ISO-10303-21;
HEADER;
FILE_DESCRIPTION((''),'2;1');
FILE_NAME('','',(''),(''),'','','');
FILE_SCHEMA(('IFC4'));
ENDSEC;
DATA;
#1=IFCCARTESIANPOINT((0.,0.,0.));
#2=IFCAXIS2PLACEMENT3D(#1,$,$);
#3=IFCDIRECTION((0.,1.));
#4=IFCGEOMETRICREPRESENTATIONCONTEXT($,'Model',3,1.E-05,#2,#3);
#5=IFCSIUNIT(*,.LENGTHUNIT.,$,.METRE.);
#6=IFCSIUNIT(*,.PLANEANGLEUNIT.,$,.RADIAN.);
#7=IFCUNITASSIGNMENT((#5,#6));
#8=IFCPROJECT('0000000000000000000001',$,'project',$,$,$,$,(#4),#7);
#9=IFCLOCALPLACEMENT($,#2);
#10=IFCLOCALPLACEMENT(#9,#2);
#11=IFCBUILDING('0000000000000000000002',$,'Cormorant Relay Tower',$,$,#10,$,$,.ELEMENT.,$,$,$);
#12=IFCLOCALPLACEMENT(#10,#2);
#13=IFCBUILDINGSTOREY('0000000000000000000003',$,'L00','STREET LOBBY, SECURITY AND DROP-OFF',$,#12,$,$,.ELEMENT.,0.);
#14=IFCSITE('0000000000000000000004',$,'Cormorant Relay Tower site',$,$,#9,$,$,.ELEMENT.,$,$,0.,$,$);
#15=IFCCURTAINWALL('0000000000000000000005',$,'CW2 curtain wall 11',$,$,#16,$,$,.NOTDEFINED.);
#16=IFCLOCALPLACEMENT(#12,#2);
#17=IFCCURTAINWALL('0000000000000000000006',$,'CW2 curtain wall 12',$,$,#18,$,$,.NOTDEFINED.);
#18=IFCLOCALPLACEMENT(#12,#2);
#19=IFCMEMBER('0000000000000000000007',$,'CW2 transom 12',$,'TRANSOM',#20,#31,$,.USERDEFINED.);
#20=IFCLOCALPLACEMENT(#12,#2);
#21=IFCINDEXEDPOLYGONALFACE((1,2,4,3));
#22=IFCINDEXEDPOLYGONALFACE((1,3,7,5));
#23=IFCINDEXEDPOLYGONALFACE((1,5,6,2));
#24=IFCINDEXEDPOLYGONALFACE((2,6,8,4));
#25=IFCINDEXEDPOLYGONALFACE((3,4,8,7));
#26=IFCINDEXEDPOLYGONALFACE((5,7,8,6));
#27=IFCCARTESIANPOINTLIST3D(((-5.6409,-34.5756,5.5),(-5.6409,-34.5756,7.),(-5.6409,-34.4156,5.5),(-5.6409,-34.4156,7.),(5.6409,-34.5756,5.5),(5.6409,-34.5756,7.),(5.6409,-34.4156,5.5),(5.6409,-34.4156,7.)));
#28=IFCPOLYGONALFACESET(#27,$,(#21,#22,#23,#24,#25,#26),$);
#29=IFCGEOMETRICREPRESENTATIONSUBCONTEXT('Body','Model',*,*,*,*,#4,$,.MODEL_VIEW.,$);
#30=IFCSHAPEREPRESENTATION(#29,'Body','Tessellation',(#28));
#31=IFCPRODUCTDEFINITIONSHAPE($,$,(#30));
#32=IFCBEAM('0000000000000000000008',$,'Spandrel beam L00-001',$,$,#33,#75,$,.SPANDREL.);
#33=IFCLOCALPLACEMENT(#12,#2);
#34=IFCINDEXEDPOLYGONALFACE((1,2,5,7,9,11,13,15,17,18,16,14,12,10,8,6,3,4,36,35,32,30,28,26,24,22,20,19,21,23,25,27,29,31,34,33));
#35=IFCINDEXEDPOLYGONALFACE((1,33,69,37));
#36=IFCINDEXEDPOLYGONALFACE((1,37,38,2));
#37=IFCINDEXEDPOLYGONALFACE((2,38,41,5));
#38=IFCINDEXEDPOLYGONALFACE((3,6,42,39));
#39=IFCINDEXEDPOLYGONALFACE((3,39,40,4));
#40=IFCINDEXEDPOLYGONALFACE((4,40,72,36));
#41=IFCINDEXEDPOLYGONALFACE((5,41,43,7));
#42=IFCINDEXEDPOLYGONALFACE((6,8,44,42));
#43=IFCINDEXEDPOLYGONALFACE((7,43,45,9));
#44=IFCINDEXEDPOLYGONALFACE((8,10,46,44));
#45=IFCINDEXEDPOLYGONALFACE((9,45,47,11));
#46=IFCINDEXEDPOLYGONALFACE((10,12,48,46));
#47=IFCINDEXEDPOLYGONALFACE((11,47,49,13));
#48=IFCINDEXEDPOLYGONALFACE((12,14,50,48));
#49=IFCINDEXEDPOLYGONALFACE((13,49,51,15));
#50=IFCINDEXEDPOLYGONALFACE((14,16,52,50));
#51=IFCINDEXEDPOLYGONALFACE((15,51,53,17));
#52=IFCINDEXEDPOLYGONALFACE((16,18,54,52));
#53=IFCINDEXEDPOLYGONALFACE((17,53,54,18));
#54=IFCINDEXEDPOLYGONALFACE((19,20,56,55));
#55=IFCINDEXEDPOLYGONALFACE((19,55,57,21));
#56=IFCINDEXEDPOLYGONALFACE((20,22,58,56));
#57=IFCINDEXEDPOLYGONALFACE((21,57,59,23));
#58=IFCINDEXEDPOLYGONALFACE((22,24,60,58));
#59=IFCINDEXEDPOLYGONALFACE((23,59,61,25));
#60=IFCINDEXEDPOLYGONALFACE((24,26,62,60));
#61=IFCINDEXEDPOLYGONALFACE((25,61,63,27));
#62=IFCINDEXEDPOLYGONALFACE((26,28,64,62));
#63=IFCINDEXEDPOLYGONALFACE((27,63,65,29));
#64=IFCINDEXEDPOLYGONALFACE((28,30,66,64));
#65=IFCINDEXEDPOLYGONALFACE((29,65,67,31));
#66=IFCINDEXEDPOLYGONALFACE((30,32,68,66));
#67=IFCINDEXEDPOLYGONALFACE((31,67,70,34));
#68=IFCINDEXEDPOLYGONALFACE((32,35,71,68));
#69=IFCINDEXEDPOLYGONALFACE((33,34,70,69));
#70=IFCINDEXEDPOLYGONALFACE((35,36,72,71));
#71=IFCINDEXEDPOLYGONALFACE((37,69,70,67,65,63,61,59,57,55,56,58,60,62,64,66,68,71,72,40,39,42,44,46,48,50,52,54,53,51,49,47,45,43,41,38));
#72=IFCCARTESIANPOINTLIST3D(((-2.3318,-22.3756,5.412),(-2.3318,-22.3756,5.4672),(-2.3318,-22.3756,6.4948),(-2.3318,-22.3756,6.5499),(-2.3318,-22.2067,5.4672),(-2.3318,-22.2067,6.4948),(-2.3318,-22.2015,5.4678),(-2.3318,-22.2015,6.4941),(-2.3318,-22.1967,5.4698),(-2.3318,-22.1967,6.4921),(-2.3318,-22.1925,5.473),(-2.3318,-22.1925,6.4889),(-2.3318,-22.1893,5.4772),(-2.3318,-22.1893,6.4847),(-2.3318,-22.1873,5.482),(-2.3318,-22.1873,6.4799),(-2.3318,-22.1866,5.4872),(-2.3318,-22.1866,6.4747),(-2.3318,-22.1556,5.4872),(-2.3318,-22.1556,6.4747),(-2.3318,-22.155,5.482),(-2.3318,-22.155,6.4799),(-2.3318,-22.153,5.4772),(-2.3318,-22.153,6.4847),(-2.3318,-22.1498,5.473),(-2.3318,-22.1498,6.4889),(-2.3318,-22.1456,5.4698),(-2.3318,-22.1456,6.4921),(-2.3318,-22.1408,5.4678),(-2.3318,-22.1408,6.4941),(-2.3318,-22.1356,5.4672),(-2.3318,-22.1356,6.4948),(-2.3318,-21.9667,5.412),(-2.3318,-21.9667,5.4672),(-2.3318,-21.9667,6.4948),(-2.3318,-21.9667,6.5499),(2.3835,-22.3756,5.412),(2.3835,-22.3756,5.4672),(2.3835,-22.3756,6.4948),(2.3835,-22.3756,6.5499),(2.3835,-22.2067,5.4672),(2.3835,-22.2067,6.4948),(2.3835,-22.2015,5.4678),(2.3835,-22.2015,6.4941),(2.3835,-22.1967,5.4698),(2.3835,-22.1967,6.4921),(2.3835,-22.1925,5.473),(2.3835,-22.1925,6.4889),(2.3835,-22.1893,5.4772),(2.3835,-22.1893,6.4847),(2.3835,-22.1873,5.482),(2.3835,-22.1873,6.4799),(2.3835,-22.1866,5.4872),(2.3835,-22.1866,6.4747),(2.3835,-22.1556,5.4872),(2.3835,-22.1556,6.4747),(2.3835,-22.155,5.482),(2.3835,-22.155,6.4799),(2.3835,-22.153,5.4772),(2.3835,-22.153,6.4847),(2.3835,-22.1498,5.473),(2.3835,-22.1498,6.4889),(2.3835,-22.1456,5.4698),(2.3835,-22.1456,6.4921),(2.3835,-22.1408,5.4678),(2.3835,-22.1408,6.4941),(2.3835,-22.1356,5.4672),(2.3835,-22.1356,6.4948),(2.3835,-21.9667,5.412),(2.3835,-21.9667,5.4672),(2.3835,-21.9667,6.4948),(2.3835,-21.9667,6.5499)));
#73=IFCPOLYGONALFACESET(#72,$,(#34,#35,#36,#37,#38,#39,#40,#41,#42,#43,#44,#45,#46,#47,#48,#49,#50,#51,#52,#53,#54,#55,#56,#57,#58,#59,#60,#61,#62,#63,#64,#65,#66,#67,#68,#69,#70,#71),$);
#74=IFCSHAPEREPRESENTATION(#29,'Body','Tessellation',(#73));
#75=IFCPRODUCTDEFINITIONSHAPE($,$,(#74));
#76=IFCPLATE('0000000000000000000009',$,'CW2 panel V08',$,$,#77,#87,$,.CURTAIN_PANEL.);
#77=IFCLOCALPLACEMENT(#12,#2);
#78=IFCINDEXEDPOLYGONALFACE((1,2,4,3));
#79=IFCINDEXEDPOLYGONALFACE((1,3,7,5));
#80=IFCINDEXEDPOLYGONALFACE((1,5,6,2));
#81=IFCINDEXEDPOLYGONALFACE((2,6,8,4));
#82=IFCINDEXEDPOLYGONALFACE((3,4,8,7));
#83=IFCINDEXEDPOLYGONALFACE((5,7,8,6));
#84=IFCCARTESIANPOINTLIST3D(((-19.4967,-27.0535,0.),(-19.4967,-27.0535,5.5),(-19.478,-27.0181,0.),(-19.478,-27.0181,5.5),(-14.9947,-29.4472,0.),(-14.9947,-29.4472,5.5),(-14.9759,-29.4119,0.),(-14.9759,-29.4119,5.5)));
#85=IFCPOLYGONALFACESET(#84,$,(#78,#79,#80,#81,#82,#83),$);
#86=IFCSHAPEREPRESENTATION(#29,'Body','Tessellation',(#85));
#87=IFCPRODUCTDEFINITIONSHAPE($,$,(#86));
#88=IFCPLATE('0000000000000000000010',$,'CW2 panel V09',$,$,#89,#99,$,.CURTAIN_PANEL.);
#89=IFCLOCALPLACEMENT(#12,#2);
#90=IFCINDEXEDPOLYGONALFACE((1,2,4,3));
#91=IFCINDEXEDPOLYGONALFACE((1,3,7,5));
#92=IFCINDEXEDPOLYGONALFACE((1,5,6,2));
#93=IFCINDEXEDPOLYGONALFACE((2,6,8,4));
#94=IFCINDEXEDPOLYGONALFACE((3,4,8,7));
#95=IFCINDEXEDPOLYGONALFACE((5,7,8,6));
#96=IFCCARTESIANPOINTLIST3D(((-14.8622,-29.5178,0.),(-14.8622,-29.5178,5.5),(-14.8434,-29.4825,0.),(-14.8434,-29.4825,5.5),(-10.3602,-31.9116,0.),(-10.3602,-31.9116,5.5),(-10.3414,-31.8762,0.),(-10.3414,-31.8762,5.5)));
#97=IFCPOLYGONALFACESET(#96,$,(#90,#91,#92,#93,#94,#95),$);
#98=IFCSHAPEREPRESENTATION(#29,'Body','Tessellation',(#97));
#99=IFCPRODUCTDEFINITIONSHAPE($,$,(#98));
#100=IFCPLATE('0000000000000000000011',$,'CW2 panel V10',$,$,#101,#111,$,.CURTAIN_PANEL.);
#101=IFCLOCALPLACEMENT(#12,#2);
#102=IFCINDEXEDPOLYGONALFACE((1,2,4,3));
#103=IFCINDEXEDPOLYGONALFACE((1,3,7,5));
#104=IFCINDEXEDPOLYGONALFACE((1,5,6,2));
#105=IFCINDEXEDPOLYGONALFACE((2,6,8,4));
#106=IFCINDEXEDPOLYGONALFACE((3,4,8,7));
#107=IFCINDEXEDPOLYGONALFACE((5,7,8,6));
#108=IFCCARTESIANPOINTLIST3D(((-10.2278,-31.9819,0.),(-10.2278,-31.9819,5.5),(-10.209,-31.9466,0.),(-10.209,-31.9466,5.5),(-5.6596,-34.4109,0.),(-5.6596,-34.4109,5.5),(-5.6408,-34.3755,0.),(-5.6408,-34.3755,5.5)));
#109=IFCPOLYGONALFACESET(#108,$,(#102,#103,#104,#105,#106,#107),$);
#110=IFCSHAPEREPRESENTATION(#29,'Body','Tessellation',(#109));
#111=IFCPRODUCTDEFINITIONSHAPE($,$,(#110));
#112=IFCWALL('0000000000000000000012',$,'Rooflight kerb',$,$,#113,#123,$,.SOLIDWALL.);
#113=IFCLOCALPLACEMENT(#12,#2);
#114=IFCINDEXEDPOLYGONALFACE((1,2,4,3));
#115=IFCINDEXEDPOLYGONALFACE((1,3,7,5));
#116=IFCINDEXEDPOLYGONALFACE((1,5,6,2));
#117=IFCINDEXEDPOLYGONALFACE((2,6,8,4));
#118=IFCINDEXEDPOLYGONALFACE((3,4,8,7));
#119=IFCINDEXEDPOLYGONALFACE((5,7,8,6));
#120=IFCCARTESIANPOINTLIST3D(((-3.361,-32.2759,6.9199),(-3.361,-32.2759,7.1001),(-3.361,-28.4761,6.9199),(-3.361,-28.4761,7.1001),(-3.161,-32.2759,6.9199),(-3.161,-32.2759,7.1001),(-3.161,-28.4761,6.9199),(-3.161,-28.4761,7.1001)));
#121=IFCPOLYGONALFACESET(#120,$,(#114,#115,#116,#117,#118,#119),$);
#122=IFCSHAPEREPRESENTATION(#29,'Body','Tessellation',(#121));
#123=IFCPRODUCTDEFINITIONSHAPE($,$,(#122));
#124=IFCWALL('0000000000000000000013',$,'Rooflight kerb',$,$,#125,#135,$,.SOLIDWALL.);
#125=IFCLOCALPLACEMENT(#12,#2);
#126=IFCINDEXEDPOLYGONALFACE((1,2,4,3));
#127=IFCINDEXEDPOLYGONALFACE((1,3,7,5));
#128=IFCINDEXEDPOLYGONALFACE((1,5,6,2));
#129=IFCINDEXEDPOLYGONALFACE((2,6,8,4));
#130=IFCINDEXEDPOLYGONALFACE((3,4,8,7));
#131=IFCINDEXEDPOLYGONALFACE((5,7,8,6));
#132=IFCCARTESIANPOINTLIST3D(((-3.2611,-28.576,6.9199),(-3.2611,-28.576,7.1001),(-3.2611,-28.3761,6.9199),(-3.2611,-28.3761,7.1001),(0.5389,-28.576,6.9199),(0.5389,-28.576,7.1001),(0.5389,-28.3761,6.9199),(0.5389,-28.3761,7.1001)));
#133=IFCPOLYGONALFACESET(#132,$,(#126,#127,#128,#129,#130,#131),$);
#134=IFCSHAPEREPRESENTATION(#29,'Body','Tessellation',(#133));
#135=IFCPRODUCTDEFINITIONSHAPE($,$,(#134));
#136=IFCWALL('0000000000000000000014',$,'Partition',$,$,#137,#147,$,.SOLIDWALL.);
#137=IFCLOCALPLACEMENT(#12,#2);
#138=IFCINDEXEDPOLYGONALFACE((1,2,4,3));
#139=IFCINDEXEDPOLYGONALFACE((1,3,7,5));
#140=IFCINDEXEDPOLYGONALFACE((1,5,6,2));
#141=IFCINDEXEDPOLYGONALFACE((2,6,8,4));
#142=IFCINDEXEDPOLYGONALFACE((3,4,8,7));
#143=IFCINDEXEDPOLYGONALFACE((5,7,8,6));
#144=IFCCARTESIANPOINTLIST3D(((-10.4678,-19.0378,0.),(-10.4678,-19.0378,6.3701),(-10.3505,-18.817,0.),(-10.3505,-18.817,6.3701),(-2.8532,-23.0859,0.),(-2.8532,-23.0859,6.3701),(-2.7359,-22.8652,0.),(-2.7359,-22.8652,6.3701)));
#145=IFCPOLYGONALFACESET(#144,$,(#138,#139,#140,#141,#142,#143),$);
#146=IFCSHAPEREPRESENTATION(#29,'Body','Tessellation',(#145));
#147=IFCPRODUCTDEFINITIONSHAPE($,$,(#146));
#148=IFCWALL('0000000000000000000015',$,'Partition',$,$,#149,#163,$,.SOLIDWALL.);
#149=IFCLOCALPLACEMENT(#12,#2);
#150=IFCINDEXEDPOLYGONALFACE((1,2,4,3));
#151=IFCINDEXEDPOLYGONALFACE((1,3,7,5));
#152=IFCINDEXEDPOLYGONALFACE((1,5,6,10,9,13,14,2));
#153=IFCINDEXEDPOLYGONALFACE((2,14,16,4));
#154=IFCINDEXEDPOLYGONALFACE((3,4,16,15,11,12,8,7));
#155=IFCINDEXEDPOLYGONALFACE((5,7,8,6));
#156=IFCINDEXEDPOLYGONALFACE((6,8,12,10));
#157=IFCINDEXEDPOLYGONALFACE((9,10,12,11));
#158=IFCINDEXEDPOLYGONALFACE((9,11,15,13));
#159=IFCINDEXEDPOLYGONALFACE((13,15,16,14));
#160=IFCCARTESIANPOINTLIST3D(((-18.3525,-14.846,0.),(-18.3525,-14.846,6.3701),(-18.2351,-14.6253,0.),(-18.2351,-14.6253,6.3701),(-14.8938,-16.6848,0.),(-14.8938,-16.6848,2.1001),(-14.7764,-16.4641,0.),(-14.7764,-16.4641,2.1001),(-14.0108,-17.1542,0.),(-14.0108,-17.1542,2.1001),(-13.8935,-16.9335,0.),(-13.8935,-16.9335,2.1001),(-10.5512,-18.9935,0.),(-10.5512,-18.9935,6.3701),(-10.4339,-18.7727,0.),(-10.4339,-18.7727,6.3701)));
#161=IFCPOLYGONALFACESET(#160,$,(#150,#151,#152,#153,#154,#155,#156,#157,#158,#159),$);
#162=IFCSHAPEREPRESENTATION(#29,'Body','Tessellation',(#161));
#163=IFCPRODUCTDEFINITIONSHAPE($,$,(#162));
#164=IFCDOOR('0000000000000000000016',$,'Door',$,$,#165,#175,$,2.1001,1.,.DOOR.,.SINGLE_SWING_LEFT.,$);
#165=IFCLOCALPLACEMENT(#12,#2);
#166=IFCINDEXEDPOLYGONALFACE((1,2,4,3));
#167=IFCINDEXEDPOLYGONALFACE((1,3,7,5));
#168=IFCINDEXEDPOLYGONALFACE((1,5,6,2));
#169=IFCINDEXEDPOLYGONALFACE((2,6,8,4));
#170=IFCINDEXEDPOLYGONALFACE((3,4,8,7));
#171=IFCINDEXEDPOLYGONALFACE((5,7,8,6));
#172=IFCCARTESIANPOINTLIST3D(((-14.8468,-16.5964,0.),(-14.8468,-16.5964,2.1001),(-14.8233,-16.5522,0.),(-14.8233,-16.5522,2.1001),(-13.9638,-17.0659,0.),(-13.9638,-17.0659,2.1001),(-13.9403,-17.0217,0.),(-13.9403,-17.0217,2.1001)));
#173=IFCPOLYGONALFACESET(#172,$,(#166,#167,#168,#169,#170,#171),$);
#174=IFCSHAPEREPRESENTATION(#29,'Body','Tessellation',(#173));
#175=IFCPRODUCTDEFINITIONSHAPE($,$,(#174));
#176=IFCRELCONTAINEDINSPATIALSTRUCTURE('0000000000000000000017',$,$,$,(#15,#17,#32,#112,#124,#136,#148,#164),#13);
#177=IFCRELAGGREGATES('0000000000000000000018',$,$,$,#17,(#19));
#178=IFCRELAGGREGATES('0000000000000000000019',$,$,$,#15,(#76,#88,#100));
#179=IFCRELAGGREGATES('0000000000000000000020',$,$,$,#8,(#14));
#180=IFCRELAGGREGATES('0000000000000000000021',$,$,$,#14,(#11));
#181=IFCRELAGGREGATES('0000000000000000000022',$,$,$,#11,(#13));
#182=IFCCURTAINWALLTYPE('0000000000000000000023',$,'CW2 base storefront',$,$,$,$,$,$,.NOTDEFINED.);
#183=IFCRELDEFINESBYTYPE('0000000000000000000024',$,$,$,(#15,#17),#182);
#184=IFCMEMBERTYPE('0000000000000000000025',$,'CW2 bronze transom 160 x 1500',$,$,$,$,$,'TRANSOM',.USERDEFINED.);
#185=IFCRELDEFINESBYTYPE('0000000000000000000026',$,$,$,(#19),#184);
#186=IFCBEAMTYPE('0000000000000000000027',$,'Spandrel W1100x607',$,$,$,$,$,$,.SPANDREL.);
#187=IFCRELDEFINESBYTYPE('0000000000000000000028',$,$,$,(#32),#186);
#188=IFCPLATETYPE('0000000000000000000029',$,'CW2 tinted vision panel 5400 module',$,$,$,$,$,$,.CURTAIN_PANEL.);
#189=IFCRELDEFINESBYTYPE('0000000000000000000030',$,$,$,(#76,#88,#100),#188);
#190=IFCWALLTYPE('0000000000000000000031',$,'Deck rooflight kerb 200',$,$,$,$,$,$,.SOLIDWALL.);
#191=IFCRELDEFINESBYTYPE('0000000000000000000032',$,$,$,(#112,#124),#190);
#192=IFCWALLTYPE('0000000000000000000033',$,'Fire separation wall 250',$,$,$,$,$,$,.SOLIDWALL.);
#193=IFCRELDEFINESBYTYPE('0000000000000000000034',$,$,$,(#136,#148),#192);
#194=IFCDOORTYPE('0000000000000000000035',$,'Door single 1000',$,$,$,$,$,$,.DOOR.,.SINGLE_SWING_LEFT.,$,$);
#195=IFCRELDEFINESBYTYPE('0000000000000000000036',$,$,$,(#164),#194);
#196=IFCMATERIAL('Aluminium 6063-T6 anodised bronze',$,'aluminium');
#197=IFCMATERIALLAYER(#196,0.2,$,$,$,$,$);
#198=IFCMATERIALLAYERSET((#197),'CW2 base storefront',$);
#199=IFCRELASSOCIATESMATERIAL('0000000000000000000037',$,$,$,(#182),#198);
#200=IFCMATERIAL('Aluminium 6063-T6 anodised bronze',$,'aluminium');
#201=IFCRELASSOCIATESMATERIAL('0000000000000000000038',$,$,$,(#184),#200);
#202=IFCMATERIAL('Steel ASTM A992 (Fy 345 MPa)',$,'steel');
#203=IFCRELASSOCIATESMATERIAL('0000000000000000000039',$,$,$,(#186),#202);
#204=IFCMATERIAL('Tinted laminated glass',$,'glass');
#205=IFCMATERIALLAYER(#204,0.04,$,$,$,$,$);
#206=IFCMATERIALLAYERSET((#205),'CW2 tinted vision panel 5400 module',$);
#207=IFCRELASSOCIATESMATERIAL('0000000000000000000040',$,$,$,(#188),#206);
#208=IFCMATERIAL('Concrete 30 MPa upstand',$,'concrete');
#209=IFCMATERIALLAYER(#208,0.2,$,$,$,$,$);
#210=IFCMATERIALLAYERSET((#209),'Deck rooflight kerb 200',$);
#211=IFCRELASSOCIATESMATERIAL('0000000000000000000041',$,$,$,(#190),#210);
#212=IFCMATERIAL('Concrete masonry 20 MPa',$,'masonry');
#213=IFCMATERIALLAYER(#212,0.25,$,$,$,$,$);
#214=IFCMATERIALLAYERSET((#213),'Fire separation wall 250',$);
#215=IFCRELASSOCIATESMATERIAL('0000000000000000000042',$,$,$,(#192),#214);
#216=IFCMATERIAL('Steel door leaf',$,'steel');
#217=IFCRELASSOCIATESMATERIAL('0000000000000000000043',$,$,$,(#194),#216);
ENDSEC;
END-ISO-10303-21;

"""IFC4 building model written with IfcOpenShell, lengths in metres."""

from ifc_helpers import new_model, si_unit, direction, frame, frame_2d, origin, origin_2d, place, context, subcontext, project, spatial, rectangle, i_section, extrude, material, layer, layer_set, material_profile, profile_set, type_object, element, fill, aggregate, save


model = new_model("IFC4")

# Units and contexts
model_context = context("Model", 3, precision=1e-05, world=origin(), true_north=direction((0.0, 1.0)))
body_context = subcontext(model_context, "Body", "Model", "MODEL_VIEW")
ifc_project = project(units=[si_unit("LENGTHUNIT", "METRE"), si_unit("PLANEANGLEUNIT", "RADIAN")], contexts=[model_context])

# Site, building, storey
site_placement = place(None, origin())
site = spatial("IfcSite", under=ifc_project, at=site_placement, Name="Cormorant Relay Tower site", CompositionType="ELEMENT", RefElevation=0.0)
building_placement = place(site_placement, origin())
building = spatial("IfcBuilding", under=site, at=building_placement, Name="Cormorant Relay Tower", CompositionType="ELEMENT")
storey_placement = place(building_placement, origin())
storey = spatial("IfcBuildingStorey", under=building, at=storey_placement, Name="L00", Description="STREET LOBBY, SECURITY AND DROP-OFF", CompositionType="ELEMENT", Elevation=0.0)

# Curtain walls, member
ifc_material_1 = material(Name="Aluminium 6063-T6 anodised bronze", Category="aluminium")
ifc_layer_1 = layer(ifc_material_1, 0.2)
ifc_layer_set_1 = layer_set([ifc_layer_1], Name="CW2 base storefront")
curtain_wall_type = type_object("IfcCurtainWallType", Name="CW2 base storefront", PredefinedType="NOTDEFINED", material=ifc_layer_set_1)
curtain_wall_1_placement = place(storey_placement, origin())
curtain_wall_1 = element("IfcCurtainWall", 1, at=curtain_wall_1_placement, inside=storey, type_object=curtain_wall_type, Name="CW2 curtain wall 11", PredefinedType="NOTDEFINED")
curtain_wall_2_placement = place(storey_placement, origin())
curtain_wall_2 = element("IfcCurtainWall", 2, at=curtain_wall_2_placement, inside=storey, type_object=curtain_wall_type, Name="CW2 curtain wall 12", PredefinedType="NOTDEFINED")
ifc_material_2 = material(Name="Aluminium 6063-T6 anodised bronze", Category="aluminium")
ifc_material_profile_1 = material_profile(ifc_material_2, rectangle(XDim=0.1599, YDim=1.5, at=origin_2d()), Name="AL 160x1500")
ifc_profile_set_1 = profile_set([ifc_material_profile_1], Name="Aluminium 6063-T6 anodised bronze")
member_type_1 = type_object("IfcMemberType", Name="CW2 bronze transom 160 x 1500", ElementType="TRANSOM", PredefinedType="USERDEFINED", material=ifc_profile_set_1)
member_1_placement = place(storey_placement, frame((-5.6409, -34.4956, 6.25), z_axis=(1.0, 0.0, 0.0), x_axis=(0.0, 1.0, 0.0)))
member_1 = element("IfcMember", 3, at=member_1_placement, type_object=member_type_1, Name="CW2 transom 12", ObjectType="TRANSOM", PredefinedType="USERDEFINED", context=body_context, shape_type="SweptSolid", body=[
    extrude(rectangle(XDim=0.1599, YDim=1.5, at=origin_2d()), origin(), (0.0, 0.0, 1.0), 11.2817),
])
aggregate(curtain_wall_2, [member_1])

# Beam
ifc_material_3 = material(Name="Steel ASTM A992 (Fy 345 MPa)", Category="steel")
ifc_material_profile_2 = material_profile(ifc_material_3, i_section(OverallWidth=0.4089, OverallDepth=1.1379, WebThickness=0.031, FlangeThickness=0.0552, FilletRadius=0.02, at=origin_2d()), Name="W1100x607")
ifc_profile_set_2 = profile_set([ifc_material_profile_2], Name="Steel ASTM A992 (Fy 345 MPa)")
beam_type = type_object("IfcBeamType", Name="Spandrel W1100x607", PredefinedType="SPANDREL", material=ifc_profile_set_2)
beam_placement = place(storey_placement, frame((-2.3318, -22.1711, 5.981), z_axis=(1.0, 0.0, 0.0), x_axis=(0.0, 1.0, 0.0)))
element("IfcBeam", 4, at=beam_placement, inside=storey, type_object=beam_type, Name="Spandrel beam L00-001", PredefinedType="SPANDREL", context=body_context, shape_type="SweptSolid", body=[
    extrude(i_section(OverallWidth=0.4089, OverallDepth=1.1379, WebThickness=0.031, FlangeThickness=0.0552, FilletRadius=0.02, at=origin_2d()), origin(), (0.0, 0.0, 1.0), 4.7153),
])

# Plates
ifc_material_4 = material(Name="Tinted laminated glass", Category="glass")
ifc_layer_2 = layer(ifc_material_4, 0.04)
ifc_layer_set_2 = layer_set([ifc_layer_2], Name="CW2 tinted vision panel 5400 module")
plate_type = type_object("IfcPlateType", Name="CW2 tinted vision panel 5400 module", PredefinedType="CURTAIN_PANEL", material=ifc_layer_set_2)
plate_1_placement = place(storey_placement, frame((-17.2363, -28.2327, 0.0), z_axis=(0.0, 0.0, 1.0), x_axis=(0.882948, -0.469472, 0.0)))
plate_1 = element("IfcPlate", 5, at=plate_1_placement, type_object=plate_type, Name="CW2 panel V08", PredefinedType="CURTAIN_PANEL", context=body_context, shape_type="SweptSolid", body=[
    extrude(rectangle(XDim=5.0989, YDim=0.04, at=origin_2d()), origin(), (0.0, 0.0, 1.0), 5.5),
])
plate_2_placement = place(storey_placement, frame((-12.6018, -30.697, 0.0), z_axis=(0.0, 0.0, 1.0), x_axis=(0.882948, -0.469472, 0.0)))
plate_2 = element("IfcPlate", 6, at=plate_2_placement, type_object=plate_type, Name="CW2 panel V09", PredefinedType="CURTAIN_PANEL", context=body_context, shape_type="SweptSolid", body=[
    extrude(rectangle(XDim=5.0989, YDim=0.04, at=origin_2d()), origin(), (0.0, 0.0, 1.0), 5.5),
])
plate_3_placement = place(storey_placement, frame((-7.9343, -33.1787, 0.0), z_axis=(0.0, 0.0, 1.0), x_axis=(0.882948, -0.469472, 0.0)))
plate_3 = element("IfcPlate", 7, at=plate_3_placement, type_object=plate_type, Name="CW2 panel V10", PredefinedType="CURTAIN_PANEL", context=body_context, shape_type="SweptSolid", body=[
    extrude(rectangle(XDim=5.1738, YDim=0.04, at=origin_2d()), origin(), (0.0, 0.0, 1.0), 5.5),
])
aggregate(curtain_wall_1, [plate_1, plate_2, plate_3])

# Walls
ifc_material_5 = material(Name="Concrete 30 MPa upstand", Category="concrete")
ifc_layer_3 = layer(ifc_material_5, 0.2)
ifc_layer_set_3 = layer_set([ifc_layer_3], Name="Deck rooflight kerb 200")
wall_type_1 = type_object("IfcWallType", Name="Deck rooflight kerb 200", PredefinedType="SOLIDWALL", material=ifc_layer_set_3)
wall_1_placement = place(storey_placement, frame((-3.261, -32.2759, 6.9199), z_axis=(0.0, 0.0, 1.0), x_axis=(0.0, 1.0, 0.0)))
element("IfcWall", 8, at=wall_1_placement, inside=storey, type_object=wall_type_1, Name="Rooflight kerb", PredefinedType="SOLIDWALL", context=body_context, shape_type="SweptSolid", body=[
    extrude(rectangle(XDim=3.7998, YDim=0.2, at=frame_2d((1.8999, 0.0))), origin(), (0.0, 0.0, 1.0), 0.1802),
])
wall_2_placement = place(storey_placement, frame((-3.261, -28.4761, 6.9199), z_axis=(0.0, 0.0, 1.0), x_axis=(1.0, 0.0, 0.0)))
element("IfcWall", 9, at=wall_2_placement, inside=storey, type_object=wall_type_1, Name="Rooflight kerb", PredefinedType="SOLIDWALL", context=body_context, shape_type="SweptSolid", body=[
    extrude(rectangle(XDim=3.8, YDim=0.2, at=frame_2d((1.8999, 0.0))), origin(), (0.0, 0.0, 1.0), 0.1802),
])
ifc_material_6 = material(Name="Concrete masonry 20 MPa", Category="masonry")
ifc_layer_4 = layer(ifc_material_6, 0.25)
ifc_layer_set_4 = layer_set([ifc_layer_4], Name="Fire separation wall 250")
wall_type_2 = type_object("IfcWallType", Name="Fire separation wall 250", PredefinedType="SOLIDWALL", material=ifc_layer_set_4)
wall_3_placement = place(storey_placement, frame((-2.7944, -22.9756, 0.0), z_axis=(0.0, 0.0, 1.0), x_axis=(-0.882977, 0.469417, 0.0)))
element("IfcWall", 10, at=wall_3_placement, inside=storey, type_object=wall_type_2, Name="Partition", PredefinedType="SOLIDWALL", context=body_context, shape_type="SweptSolid", body=[
    extrude(rectangle(XDim=8.6238, YDim=0.25, at=frame_2d((4.312, 0.0))), origin(), (0.0, 0.0, 1.0), 6.3701),
])

# Wall, opening, door
wall_4_placement = place(storey_placement, frame((-10.4927, -18.8831, 0.0), z_axis=(0.0, 0.0, 1.0), x_axis=(-0.882973, 0.469423, 0.0)))
wall_4 = element("IfcWall", 11, at=wall_4_placement, inside=storey, type_object=wall_type_2, Name="Partition", PredefinedType="SOLIDWALL", context=body_context, shape_type="SweptSolid", body=[
    extrude(rectangle(XDim=8.8352, YDim=0.25, at=frame_2d((4.4175, 0.0))), origin(), (0.0, 0.0, 1.0), 6.3701),
])
opening_1_placement = place(wall_4_placement, frame((3.918, 0.0, 0.0)))
opening_1 = element("IfcOpeningElement", 12, at=opening_1_placement, cuts=wall_4, PredefinedType="OPENING", context=body_context, shape_type="SweptSolid", body=[
    extrude(rectangle(XDim=1.0, YDim=2.1001, at=frame_2d((0.5, 1.05))), frame((0.0, 0.135, 0.0), z_axis=(0.0, -1.0, 0.0), x_axis=(1.0, 0.0, 0.0)), (0.0, 0.0, 1.0), 0.27),
])
ifc_material_7 = material(Name="Steel door leaf", Category="steel")
door_type_1 = type_object("IfcDoorType", Name="Door single 1000", OperationType="SINGLE_SWING_LEFT", PredefinedType="DOOR", material=ifc_material_7)
door_1_placement = place(opening_1_placement, origin())
door_1 = element("IfcDoor", 13, at=door_1_placement, inside=storey, type_object=door_type_1, Name="Door", OperationType="SINGLE_SWING_LEFT", OverallHeight=2.1001, OverallWidth=1.0, PredefinedType="DOOR", context=body_context, shape_type="SweptSolid", body=[
    extrude(rectangle(XDim=1.0, YDim=2.1001, at=frame_2d((0.5, 1.05))), frame((0.0, 0.0249, 0.0), z_axis=(0.0, -1.0, 0.0), x_axis=(1.0, 0.0, 0.0)), (0.0, 0.0, 1.0), 0.05),
])
fill(opening_1, door_1)

save(model, "model.ifc")
